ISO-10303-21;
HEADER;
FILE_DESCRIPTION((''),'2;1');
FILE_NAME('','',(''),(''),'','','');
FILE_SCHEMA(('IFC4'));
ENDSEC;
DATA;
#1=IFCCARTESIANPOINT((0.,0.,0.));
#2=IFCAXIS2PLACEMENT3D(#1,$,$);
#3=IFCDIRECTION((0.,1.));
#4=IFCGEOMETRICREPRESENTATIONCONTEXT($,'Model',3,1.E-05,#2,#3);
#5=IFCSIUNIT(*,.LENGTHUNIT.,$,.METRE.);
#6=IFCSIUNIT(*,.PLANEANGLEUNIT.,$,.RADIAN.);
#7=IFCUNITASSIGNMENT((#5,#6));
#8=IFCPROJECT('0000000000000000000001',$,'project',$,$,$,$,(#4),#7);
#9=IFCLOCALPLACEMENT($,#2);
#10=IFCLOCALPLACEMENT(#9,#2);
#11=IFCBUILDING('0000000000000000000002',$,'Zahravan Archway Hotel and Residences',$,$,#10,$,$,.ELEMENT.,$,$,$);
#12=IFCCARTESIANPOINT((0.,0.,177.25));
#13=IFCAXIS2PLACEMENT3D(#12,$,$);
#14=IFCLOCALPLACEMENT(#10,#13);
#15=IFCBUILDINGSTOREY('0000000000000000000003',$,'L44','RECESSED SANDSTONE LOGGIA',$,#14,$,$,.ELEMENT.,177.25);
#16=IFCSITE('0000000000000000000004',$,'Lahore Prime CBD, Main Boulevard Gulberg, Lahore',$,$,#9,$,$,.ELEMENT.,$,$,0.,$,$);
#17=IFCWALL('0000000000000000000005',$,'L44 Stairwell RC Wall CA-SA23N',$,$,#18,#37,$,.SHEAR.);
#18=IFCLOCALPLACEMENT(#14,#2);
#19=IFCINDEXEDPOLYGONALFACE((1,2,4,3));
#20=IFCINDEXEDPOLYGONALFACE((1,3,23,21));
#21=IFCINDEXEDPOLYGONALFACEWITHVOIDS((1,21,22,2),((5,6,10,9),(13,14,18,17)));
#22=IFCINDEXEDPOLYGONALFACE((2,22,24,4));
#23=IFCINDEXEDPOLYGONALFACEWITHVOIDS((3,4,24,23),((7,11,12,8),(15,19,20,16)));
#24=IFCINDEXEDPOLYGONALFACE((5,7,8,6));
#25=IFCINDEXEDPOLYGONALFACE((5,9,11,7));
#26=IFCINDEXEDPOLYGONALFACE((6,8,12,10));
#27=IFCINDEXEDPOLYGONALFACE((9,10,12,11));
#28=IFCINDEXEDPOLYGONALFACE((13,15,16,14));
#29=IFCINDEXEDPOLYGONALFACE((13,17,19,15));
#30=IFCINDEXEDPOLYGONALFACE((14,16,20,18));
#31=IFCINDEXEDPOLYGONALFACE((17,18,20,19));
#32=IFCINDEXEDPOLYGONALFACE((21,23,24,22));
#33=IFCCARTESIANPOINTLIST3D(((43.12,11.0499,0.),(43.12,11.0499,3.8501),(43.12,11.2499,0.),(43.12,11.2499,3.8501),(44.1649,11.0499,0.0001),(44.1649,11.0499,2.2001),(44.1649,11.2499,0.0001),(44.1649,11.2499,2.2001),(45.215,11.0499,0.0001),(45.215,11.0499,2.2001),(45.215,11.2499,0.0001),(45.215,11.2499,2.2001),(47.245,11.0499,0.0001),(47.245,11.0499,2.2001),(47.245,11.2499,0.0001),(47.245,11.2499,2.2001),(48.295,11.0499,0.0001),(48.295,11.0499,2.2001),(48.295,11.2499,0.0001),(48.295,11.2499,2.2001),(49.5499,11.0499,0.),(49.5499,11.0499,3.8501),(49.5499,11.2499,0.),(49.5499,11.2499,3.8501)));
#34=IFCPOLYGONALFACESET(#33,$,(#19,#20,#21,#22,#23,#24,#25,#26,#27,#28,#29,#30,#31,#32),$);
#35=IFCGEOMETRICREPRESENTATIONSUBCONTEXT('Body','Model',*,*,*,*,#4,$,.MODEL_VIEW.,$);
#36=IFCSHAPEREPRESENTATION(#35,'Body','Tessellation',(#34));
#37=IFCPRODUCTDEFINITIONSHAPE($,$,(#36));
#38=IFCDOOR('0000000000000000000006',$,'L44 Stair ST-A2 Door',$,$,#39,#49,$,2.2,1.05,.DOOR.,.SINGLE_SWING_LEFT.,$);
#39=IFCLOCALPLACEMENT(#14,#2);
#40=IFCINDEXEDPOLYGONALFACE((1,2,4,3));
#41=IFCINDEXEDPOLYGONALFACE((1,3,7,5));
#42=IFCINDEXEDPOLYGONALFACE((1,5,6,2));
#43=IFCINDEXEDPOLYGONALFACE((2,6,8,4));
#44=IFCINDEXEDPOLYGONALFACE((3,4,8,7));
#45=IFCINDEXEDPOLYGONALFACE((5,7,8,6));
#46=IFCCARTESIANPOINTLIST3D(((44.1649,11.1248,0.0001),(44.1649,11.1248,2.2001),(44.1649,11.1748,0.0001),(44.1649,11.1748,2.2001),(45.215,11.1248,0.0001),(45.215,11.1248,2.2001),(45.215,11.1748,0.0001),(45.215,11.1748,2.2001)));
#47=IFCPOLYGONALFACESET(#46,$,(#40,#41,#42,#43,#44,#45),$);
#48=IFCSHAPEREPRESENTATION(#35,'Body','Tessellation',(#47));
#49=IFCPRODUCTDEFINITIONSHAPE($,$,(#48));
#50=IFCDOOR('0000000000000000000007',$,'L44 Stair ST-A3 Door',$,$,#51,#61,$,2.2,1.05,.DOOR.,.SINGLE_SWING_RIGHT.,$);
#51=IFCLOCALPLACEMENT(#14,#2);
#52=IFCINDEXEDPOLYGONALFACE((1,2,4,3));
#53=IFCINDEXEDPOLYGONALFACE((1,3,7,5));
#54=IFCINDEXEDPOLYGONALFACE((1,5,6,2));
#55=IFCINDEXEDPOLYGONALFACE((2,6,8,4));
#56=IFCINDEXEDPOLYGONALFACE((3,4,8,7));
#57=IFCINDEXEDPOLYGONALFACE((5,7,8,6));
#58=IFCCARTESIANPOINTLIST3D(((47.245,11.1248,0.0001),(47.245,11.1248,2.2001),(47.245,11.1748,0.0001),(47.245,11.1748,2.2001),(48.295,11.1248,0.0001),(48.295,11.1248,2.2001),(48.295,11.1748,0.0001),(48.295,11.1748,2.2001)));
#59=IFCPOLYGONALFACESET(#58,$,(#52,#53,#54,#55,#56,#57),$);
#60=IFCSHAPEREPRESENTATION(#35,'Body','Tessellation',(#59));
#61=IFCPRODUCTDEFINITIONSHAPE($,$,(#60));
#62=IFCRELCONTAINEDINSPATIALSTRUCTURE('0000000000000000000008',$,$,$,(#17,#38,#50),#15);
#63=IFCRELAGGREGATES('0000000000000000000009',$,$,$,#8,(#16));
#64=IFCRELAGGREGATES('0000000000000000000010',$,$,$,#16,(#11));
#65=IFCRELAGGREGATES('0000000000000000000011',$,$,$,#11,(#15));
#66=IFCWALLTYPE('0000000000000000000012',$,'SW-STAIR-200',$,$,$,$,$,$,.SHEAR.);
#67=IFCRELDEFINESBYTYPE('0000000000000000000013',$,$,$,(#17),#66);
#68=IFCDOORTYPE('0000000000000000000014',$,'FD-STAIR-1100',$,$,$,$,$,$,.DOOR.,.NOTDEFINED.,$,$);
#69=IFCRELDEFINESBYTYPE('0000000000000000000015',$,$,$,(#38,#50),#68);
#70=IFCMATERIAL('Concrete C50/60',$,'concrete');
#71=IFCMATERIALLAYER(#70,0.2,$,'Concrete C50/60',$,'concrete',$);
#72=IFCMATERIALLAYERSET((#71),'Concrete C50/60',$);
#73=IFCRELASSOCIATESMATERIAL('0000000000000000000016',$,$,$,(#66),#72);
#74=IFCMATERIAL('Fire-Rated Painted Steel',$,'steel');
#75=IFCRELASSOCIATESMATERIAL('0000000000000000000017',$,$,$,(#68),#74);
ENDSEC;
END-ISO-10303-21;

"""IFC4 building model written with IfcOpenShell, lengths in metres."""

from ifc_helpers import new_model, si_unit, direction, frame, frame_2d, origin, place, context, subcontext, project, spatial, rectangle, extrude, source, transform, mapped, material, layer, layer_set, type_object, type_shapes, element, fill, save


model = new_model("IFC4")

# Units and contexts
model_context = context("Model", 3, precision=1e-05, world=origin(), true_north=direction((0.0, 1.0)))
body_context = subcontext(model_context, "Body", "Model", "MODEL_VIEW")
ifc_project = project(units=[si_unit("LENGTHUNIT", "METRE"), si_unit("PLANEANGLEUNIT", "RADIAN")], contexts=[model_context])

# Site, building, storey
site_placement = place(None, origin())
site = spatial("IfcSite", under=ifc_project, at=site_placement, Name="Lahore Prime CBD, Main Boulevard Gulberg, Lahore", CompositionType="ELEMENT", RefElevation=0.0)
building_placement = place(site_placement, origin())
building = spatial("IfcBuilding", under=site, at=building_placement, Name="Zahravan Archway Hotel and Residences", CompositionType="ELEMENT")
storey_placement = place(building_placement, frame((0.0, 0.0, 177.25)))
storey = spatial("IfcBuildingStorey", under=building, at=storey_placement, Name="L44", Description="RECESSED SANDSTONE LOGGIA", CompositionType="ELEMENT", Elevation=177.25)

# Shared definitions
ifc_material_1 = material(Name="Fire-Rated Painted Steel", Category="steel")

# Wall, openings, doors
ifc_material_2 = material(Name="Concrete C50/60", Category="concrete")
ifc_layer_1 = layer(ifc_material_2, 0.2, Name="Concrete C50/60", Category="concrete")
ifc_layer_set_1 = layer_set([ifc_layer_1], Name="Concrete C50/60")
wall_type_1 = type_object("IfcWallType", Name="SW-STAIR-200", PredefinedType="SHEAR", material=ifc_layer_set_1)
wall_1_placement = place(storey_placement, frame((43.1201, 11.1499, 0.0), z_axis=(0.0, 0.0, 1.0), x_axis=(1.0, 0.0, 0.0)))
wall_1 = element("IfcWall", 1, at=wall_1_placement, inside=storey, type_object=wall_type_1, Name="L44 Stairwell RC Wall CA-SA23N", PredefinedType="SHEAR", context=body_context, shape_type="SweptSolid", body=[
    extrude(rectangle(XDim=6.4299, YDim=0.2, at=frame_2d((3.2148, 0.0))), origin(), (0.0, 0.0, 1.0), 3.8501),
])
opening_1_placement = place(wall_1_placement, frame((1.0449, 0.0, 0.0)))
opening_1 = element("IfcOpeningElement", 2, at=opening_1_placement, cuts=wall_1, PredefinedType="OPENING", context=body_context, shape_type="SweptSolid", body=[
    extrude(rectangle(XDim=1.05, YDim=2.2, at=frame_2d((0.5249, 1.1001))), frame((0.0, 0.1099, 0.0), z_axis=(0.0, -1.0, 0.0), x_axis=(1.0, 0.0, 0.0)), (0.0, 0.0, 1.0), 0.22),
])
opening_2_placement = place(wall_1_placement, frame((4.125, 0.0, 0.0)))
opening_2 = element("IfcOpeningElement", 3, at=opening_2_placement, cuts=wall_1, PredefinedType="OPENING", context=body_context, shape_type="SweptSolid", body=[
    extrude(rectangle(XDim=1.05, YDim=2.2, at=frame_2d((0.5249, 1.1001))), frame((0.0, 0.1099, 0.0), z_axis=(0.0, -1.0, 0.0), x_axis=(1.0, 0.0, 0.0)), (0.0, 0.0, 1.0), 0.22),
])
door_type_1 = type_object("IfcDoorType", Name="FD-STAIR-1100", OperationType="NOTDEFINED", PredefinedType="DOOR", material=ifc_material_1)
shared_shape_1 = source(origin(), body_context, "Body", "SweptSolid", [
    extrude(rectangle(XDim=1.05, YDim=2.2, at=frame_2d((0.5249, 1.1001))), frame((0.0, 0.0249, 0.0), z_axis=(0.0, -1.0, 0.0), x_axis=(1.0, 0.0, 0.0)), (0.0, 0.0, 1.0), 0.05),
])
type_shapes(door_type_1, [shared_shape_1])
door_1_placement = place(opening_1_placement, origin())
door_1 = element("IfcDoor", 4, at=door_1_placement, inside=storey, type_object=door_type_1, Name="L44 Stair ST-A2 Door", OperationType="SINGLE_SWING_LEFT", OverallHeight=2.2, OverallWidth=1.05, PredefinedType="DOOR", context=body_context, shape_type="MappedRepresentation", body=[
    mapped(shared_shape_1, transform((0.0, 0.0, 0.0), scale=1.0)),
])
fill(opening_1, door_1)
door_2_placement = place(opening_2_placement, origin())
door_2 = element("IfcDoor", 5, at=door_2_placement, inside=storey, type_object=door_type_1, Name="L44 Stair ST-A3 Door", OperationType="SINGLE_SWING_RIGHT", OverallHeight=2.2, OverallWidth=1.05, PredefinedType="DOOR", context=body_context, shape_type="MappedRepresentation", body=[
    mapped(shared_shape_1, transform((0.0, 0.0, 0.0), scale=1.0)),
])
fill(opening_2, door_2)

save(model, "model.ifc")
